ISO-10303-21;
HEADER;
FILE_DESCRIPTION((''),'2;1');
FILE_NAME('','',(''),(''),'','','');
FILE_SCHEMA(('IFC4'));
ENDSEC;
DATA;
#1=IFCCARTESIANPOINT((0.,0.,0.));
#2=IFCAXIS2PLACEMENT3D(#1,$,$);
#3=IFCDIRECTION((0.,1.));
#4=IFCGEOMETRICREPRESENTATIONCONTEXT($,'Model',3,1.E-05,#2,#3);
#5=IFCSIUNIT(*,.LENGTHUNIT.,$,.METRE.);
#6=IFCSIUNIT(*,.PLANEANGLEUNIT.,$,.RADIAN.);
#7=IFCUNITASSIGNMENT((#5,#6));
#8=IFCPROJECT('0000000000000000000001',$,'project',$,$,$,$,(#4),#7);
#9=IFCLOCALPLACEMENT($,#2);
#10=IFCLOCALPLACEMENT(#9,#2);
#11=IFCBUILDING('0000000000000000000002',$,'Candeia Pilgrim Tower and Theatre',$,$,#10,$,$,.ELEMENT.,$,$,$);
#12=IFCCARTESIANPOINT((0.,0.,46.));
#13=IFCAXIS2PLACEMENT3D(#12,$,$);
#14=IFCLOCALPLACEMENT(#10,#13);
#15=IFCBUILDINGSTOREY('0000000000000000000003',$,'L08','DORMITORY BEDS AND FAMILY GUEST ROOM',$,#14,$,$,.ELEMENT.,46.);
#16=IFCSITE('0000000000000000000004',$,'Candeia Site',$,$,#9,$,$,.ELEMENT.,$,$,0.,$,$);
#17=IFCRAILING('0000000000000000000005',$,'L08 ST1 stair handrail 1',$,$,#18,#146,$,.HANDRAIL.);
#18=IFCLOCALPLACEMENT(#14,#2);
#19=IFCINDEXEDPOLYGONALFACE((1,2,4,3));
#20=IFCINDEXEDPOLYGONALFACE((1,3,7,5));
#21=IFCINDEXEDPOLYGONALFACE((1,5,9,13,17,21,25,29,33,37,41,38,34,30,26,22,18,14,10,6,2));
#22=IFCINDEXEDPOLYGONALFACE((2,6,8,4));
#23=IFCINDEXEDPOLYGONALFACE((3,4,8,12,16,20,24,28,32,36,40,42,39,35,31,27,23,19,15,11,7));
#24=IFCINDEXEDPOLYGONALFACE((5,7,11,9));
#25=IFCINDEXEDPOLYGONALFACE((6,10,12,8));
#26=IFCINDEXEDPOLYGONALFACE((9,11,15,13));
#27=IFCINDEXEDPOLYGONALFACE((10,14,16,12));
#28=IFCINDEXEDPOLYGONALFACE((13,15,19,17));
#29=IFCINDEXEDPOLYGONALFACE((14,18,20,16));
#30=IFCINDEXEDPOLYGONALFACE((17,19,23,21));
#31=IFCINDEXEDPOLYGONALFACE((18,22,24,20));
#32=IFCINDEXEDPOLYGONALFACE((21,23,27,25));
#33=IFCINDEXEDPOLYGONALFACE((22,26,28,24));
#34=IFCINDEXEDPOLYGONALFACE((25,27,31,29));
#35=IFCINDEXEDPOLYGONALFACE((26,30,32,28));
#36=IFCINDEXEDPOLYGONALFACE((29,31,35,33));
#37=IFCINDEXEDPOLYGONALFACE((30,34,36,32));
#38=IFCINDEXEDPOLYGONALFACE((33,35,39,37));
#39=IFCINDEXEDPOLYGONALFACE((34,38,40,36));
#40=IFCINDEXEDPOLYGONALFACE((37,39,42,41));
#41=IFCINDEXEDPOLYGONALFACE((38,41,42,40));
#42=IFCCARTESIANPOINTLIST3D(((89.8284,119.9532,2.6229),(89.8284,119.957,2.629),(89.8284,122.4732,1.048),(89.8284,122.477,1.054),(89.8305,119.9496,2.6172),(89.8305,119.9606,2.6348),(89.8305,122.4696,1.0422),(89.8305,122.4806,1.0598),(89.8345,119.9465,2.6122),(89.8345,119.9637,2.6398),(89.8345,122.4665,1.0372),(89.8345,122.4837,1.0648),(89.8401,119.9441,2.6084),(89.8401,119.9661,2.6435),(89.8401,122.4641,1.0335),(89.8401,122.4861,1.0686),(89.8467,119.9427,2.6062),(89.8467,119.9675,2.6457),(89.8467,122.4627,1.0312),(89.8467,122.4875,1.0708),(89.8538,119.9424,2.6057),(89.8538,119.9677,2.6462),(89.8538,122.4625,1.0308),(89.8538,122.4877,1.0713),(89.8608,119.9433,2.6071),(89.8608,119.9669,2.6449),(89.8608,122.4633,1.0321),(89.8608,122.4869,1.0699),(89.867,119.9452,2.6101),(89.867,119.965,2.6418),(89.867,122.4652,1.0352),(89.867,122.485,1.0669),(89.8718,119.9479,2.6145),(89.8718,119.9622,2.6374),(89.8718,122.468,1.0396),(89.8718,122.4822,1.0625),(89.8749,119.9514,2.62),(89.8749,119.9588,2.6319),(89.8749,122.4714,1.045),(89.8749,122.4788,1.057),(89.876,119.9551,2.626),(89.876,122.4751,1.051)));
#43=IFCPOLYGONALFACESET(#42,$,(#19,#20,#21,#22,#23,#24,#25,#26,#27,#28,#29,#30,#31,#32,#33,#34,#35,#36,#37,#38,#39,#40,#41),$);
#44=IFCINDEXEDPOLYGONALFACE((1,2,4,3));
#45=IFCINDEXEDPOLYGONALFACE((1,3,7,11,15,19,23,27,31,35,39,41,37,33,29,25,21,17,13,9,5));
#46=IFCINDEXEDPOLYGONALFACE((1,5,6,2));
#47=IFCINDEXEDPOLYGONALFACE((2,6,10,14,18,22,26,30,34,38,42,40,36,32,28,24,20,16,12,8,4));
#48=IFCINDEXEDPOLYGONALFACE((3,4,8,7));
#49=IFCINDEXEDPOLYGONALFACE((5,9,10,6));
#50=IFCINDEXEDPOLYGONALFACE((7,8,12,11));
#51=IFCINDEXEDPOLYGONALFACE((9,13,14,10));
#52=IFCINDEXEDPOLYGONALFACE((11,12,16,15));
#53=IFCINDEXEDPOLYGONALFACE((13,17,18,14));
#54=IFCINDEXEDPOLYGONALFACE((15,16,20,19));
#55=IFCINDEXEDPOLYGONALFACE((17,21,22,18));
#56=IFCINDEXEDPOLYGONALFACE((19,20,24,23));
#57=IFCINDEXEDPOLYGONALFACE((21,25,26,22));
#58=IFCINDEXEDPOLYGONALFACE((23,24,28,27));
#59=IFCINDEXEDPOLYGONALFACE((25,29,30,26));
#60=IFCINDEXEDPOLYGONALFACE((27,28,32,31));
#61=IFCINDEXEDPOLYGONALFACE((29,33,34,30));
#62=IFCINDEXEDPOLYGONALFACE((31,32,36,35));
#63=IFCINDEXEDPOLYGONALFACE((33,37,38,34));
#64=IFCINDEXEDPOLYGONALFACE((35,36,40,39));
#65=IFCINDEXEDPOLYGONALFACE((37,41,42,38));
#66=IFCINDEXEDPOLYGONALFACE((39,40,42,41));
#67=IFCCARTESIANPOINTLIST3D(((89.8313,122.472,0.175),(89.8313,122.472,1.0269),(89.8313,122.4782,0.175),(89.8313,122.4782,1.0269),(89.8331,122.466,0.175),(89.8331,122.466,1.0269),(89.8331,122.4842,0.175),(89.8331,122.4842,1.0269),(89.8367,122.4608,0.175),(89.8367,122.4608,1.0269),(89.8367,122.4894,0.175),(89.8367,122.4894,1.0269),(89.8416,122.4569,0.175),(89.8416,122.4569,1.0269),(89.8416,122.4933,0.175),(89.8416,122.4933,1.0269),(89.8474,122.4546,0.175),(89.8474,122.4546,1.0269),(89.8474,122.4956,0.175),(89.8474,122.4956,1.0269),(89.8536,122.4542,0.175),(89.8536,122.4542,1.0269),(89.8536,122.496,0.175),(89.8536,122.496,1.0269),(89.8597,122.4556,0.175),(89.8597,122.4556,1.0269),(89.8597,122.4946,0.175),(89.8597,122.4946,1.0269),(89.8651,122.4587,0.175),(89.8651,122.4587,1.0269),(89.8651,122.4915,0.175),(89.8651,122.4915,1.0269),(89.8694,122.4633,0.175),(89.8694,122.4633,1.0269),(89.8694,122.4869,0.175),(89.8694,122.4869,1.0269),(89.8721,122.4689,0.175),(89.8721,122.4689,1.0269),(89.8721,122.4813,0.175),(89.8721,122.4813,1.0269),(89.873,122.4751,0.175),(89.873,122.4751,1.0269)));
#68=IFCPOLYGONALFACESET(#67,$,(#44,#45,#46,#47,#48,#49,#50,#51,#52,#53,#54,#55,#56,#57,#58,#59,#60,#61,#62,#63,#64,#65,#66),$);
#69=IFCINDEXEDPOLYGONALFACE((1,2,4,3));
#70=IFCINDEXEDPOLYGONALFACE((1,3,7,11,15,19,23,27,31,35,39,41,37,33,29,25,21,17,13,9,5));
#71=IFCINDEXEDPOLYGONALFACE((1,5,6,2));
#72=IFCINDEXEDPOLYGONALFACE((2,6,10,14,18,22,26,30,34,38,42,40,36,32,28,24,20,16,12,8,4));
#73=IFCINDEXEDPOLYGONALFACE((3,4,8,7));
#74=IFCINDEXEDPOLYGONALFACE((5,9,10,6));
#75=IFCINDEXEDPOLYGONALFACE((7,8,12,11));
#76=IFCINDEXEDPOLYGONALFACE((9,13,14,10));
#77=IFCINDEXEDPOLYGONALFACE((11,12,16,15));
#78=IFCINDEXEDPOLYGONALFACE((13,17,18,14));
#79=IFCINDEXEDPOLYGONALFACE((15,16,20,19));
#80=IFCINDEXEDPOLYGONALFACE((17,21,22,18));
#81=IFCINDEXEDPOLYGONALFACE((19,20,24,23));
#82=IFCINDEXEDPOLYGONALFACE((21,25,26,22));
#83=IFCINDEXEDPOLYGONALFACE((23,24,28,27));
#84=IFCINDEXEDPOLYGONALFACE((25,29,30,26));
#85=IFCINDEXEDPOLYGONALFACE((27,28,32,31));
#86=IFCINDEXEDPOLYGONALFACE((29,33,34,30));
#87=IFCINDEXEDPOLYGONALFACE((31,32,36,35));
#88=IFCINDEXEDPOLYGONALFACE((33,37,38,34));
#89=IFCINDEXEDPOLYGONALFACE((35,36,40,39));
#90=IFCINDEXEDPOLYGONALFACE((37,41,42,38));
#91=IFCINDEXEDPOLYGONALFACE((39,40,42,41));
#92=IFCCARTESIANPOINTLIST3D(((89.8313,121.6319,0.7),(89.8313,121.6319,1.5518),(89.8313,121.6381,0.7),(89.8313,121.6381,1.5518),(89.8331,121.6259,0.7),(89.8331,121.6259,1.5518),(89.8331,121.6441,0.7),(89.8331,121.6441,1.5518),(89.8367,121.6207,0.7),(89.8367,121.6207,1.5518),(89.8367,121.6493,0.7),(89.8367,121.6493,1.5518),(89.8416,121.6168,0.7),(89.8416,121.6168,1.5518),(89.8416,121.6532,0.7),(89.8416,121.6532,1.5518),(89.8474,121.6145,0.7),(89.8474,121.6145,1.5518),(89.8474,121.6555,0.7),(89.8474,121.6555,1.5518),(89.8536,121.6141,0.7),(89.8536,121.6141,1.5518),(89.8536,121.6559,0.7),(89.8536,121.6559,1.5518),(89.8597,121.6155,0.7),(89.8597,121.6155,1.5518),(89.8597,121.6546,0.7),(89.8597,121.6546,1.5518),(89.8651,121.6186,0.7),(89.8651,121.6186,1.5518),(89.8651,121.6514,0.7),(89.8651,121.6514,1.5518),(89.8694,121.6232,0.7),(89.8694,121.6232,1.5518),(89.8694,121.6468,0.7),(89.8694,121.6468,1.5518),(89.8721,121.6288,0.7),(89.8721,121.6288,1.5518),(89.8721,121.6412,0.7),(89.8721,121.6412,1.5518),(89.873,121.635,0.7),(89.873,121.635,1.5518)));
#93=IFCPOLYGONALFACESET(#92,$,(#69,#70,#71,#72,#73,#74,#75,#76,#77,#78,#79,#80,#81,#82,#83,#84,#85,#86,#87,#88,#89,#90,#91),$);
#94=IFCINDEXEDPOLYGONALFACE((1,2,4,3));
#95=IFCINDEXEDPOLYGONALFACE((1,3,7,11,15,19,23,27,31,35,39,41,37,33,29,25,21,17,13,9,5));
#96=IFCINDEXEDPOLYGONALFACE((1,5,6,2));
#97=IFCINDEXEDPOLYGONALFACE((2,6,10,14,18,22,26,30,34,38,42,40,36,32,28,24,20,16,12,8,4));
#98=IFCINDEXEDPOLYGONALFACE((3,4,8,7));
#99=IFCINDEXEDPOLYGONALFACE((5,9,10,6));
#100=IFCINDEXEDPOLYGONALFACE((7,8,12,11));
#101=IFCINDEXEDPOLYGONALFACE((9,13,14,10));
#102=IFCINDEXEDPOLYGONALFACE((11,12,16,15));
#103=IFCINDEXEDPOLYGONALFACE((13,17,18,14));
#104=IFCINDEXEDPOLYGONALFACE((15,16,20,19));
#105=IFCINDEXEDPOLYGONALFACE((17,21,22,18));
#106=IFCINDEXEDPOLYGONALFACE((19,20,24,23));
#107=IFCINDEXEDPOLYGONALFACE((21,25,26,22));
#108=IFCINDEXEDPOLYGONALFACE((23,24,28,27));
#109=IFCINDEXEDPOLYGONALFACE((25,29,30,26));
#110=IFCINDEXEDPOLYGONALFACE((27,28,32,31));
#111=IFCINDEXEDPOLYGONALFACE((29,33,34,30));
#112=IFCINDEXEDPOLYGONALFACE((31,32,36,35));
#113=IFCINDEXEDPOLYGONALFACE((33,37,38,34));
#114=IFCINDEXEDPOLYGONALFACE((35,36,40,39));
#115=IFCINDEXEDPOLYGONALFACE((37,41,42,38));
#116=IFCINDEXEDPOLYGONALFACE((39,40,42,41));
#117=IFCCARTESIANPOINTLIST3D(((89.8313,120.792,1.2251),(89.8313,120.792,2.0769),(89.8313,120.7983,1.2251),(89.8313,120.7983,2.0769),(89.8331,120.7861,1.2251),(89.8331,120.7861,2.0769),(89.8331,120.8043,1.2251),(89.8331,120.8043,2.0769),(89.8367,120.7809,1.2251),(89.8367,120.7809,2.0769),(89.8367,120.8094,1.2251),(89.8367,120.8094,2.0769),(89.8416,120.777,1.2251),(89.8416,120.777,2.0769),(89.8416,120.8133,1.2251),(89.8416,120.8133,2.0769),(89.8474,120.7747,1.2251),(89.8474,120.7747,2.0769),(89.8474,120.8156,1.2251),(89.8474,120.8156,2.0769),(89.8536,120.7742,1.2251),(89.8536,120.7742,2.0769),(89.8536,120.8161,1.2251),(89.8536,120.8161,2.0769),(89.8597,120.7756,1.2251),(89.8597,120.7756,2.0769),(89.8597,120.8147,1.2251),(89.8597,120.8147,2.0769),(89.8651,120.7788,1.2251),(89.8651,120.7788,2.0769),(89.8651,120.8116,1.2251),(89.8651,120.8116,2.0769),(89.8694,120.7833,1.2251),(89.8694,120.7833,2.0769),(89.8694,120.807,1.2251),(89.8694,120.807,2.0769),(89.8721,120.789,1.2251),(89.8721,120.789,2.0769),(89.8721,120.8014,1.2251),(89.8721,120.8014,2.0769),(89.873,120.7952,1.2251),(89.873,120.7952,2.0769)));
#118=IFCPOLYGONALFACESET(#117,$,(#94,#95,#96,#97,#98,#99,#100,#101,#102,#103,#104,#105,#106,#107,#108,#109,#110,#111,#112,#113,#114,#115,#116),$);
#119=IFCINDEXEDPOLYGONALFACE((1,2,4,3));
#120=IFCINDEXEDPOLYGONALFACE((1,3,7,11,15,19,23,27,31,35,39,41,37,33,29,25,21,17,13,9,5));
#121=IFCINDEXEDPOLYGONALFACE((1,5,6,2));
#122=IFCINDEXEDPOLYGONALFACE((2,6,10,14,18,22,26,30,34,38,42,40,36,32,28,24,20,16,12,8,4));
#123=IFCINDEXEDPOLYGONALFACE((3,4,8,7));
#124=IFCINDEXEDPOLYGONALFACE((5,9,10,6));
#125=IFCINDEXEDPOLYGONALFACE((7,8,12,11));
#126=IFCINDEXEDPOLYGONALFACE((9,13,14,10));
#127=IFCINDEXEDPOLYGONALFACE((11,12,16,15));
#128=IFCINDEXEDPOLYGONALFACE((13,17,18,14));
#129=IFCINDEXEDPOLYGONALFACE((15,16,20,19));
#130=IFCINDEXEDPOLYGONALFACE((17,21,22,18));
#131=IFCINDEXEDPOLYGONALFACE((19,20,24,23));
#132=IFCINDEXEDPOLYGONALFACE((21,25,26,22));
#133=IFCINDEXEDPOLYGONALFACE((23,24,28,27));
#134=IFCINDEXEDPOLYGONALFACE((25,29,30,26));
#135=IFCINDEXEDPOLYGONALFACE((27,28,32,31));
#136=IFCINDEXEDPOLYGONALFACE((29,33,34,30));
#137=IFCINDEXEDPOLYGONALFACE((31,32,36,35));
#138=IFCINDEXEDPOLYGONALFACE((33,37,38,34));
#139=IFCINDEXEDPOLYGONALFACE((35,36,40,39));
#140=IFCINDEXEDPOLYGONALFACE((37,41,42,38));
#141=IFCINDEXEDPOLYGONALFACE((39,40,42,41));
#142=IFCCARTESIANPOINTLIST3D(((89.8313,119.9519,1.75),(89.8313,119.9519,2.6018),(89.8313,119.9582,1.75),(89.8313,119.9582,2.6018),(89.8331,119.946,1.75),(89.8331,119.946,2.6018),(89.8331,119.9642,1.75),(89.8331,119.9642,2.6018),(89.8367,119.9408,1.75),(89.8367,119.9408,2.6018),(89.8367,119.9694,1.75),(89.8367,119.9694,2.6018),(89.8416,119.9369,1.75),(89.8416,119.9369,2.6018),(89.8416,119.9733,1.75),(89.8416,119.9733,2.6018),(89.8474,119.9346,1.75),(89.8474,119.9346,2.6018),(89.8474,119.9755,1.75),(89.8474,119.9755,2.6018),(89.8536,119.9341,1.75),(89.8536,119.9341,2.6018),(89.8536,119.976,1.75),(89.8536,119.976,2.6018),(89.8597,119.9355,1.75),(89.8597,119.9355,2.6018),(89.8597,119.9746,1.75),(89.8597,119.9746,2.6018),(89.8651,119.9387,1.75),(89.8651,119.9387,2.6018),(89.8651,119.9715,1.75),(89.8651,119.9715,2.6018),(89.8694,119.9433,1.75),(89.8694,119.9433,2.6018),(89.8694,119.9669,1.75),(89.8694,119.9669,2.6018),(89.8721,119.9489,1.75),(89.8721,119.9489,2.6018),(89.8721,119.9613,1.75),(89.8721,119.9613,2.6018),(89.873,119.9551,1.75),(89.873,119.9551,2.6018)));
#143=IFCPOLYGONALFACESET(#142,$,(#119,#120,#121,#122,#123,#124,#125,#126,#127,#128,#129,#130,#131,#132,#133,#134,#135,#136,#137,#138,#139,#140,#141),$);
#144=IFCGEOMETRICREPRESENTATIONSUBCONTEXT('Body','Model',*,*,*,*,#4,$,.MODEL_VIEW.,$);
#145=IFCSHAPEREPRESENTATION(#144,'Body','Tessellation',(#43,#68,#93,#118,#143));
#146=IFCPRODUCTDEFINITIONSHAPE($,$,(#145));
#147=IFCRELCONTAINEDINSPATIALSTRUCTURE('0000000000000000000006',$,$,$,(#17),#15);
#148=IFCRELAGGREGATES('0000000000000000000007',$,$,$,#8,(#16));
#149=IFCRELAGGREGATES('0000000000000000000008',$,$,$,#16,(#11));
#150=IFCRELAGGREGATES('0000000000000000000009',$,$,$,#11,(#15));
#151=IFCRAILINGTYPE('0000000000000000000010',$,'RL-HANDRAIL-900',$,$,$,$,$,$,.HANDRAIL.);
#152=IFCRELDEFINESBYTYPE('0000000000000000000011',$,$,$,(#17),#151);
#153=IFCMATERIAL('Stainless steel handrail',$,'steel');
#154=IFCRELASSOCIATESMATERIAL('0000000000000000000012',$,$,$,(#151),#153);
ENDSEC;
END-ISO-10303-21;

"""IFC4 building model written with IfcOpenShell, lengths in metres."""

from ifc_helpers import new_model, si_unit, direction, frame, origin, origin_2d, place, context, subcontext, project, spatial, circle, extrude, material, type_object, element, save


model = new_model("IFC4")

# Units and contexts
model_context = context("Model", 3, precision=1e-05, world=origin(), true_north=direction((0.0, 1.0)))
body_context = subcontext(model_context, "Body", "Model", "MODEL_VIEW")
ifc_project = project(units=[si_unit("LENGTHUNIT", "METRE"), si_unit("PLANEANGLEUNIT", "RADIAN")], contexts=[model_context])

# Site, building, storey
site_placement = place(None, origin())
site = spatial("IfcSite", under=ifc_project, at=site_placement, Name="Candeia Site", CompositionType="ELEMENT", RefElevation=0.0)
building_placement = place(site_placement, origin())
building = spatial("IfcBuilding", under=site, at=building_placement, Name="Candeia Pilgrim Tower and Theatre", CompositionType="ELEMENT")
storey_placement = place(building_placement, frame((0.0, 0.0, 46.0)))
storey = spatial("IfcBuildingStorey", under=building, at=storey_placement, Name="L08", Description="DORMITORY BEDS AND FAMILY GUEST ROOM", CompositionType="ELEMENT", Elevation=46.0)

# Railing
ifc_material_1 = material(Name="Stainless steel handrail", Category="steel")
railing_type_1 = type_object("IfcRailingType", Name="RL-HANDRAIL-900", PredefinedType="HANDRAIL", material=ifc_material_1)
railing_1_placement = place(storey_placement, frame((89.8521, 122.4751, 0.175)))
element("IfcRailing", 1, at=railing_1_placement, inside=storey, type_object=railing_type_1, Name="L08 ST1 stair handrail 1", PredefinedType="HANDRAIL", context=body_context, shape_type="SweptSolid", body=[
    extrude(circle(Radius=0.0239, at=origin_2d()), frame((0.0, 0.0, 0.876), z_axis=(0.0, -0.848008, 0.529984), x_axis=(1.0, 0.0, 0.0)), (0.0, 0.0, 1.0), 2.9717),
    extrude(circle(Radius=0.021, at=origin_2d()), origin(), (0.0, 0.0, 1.0), 0.8518),
    extrude(circle(Radius=0.021, at=origin_2d()), frame((0.0, -0.8401, 0.5249)), (0.0, 0.0, 1.0), 0.8518),
    extrude(circle(Radius=0.021, at=origin_2d()), frame((0.0, -1.6799, 1.05)), (0.0, 0.0, 1.0), 0.8518),
    extrude(circle(Radius=0.021, at=origin_2d()), frame((0.0, -2.52, 1.575)), (0.0, 0.0, 1.0), 0.8518),
])

save(model, "model.ifc")
